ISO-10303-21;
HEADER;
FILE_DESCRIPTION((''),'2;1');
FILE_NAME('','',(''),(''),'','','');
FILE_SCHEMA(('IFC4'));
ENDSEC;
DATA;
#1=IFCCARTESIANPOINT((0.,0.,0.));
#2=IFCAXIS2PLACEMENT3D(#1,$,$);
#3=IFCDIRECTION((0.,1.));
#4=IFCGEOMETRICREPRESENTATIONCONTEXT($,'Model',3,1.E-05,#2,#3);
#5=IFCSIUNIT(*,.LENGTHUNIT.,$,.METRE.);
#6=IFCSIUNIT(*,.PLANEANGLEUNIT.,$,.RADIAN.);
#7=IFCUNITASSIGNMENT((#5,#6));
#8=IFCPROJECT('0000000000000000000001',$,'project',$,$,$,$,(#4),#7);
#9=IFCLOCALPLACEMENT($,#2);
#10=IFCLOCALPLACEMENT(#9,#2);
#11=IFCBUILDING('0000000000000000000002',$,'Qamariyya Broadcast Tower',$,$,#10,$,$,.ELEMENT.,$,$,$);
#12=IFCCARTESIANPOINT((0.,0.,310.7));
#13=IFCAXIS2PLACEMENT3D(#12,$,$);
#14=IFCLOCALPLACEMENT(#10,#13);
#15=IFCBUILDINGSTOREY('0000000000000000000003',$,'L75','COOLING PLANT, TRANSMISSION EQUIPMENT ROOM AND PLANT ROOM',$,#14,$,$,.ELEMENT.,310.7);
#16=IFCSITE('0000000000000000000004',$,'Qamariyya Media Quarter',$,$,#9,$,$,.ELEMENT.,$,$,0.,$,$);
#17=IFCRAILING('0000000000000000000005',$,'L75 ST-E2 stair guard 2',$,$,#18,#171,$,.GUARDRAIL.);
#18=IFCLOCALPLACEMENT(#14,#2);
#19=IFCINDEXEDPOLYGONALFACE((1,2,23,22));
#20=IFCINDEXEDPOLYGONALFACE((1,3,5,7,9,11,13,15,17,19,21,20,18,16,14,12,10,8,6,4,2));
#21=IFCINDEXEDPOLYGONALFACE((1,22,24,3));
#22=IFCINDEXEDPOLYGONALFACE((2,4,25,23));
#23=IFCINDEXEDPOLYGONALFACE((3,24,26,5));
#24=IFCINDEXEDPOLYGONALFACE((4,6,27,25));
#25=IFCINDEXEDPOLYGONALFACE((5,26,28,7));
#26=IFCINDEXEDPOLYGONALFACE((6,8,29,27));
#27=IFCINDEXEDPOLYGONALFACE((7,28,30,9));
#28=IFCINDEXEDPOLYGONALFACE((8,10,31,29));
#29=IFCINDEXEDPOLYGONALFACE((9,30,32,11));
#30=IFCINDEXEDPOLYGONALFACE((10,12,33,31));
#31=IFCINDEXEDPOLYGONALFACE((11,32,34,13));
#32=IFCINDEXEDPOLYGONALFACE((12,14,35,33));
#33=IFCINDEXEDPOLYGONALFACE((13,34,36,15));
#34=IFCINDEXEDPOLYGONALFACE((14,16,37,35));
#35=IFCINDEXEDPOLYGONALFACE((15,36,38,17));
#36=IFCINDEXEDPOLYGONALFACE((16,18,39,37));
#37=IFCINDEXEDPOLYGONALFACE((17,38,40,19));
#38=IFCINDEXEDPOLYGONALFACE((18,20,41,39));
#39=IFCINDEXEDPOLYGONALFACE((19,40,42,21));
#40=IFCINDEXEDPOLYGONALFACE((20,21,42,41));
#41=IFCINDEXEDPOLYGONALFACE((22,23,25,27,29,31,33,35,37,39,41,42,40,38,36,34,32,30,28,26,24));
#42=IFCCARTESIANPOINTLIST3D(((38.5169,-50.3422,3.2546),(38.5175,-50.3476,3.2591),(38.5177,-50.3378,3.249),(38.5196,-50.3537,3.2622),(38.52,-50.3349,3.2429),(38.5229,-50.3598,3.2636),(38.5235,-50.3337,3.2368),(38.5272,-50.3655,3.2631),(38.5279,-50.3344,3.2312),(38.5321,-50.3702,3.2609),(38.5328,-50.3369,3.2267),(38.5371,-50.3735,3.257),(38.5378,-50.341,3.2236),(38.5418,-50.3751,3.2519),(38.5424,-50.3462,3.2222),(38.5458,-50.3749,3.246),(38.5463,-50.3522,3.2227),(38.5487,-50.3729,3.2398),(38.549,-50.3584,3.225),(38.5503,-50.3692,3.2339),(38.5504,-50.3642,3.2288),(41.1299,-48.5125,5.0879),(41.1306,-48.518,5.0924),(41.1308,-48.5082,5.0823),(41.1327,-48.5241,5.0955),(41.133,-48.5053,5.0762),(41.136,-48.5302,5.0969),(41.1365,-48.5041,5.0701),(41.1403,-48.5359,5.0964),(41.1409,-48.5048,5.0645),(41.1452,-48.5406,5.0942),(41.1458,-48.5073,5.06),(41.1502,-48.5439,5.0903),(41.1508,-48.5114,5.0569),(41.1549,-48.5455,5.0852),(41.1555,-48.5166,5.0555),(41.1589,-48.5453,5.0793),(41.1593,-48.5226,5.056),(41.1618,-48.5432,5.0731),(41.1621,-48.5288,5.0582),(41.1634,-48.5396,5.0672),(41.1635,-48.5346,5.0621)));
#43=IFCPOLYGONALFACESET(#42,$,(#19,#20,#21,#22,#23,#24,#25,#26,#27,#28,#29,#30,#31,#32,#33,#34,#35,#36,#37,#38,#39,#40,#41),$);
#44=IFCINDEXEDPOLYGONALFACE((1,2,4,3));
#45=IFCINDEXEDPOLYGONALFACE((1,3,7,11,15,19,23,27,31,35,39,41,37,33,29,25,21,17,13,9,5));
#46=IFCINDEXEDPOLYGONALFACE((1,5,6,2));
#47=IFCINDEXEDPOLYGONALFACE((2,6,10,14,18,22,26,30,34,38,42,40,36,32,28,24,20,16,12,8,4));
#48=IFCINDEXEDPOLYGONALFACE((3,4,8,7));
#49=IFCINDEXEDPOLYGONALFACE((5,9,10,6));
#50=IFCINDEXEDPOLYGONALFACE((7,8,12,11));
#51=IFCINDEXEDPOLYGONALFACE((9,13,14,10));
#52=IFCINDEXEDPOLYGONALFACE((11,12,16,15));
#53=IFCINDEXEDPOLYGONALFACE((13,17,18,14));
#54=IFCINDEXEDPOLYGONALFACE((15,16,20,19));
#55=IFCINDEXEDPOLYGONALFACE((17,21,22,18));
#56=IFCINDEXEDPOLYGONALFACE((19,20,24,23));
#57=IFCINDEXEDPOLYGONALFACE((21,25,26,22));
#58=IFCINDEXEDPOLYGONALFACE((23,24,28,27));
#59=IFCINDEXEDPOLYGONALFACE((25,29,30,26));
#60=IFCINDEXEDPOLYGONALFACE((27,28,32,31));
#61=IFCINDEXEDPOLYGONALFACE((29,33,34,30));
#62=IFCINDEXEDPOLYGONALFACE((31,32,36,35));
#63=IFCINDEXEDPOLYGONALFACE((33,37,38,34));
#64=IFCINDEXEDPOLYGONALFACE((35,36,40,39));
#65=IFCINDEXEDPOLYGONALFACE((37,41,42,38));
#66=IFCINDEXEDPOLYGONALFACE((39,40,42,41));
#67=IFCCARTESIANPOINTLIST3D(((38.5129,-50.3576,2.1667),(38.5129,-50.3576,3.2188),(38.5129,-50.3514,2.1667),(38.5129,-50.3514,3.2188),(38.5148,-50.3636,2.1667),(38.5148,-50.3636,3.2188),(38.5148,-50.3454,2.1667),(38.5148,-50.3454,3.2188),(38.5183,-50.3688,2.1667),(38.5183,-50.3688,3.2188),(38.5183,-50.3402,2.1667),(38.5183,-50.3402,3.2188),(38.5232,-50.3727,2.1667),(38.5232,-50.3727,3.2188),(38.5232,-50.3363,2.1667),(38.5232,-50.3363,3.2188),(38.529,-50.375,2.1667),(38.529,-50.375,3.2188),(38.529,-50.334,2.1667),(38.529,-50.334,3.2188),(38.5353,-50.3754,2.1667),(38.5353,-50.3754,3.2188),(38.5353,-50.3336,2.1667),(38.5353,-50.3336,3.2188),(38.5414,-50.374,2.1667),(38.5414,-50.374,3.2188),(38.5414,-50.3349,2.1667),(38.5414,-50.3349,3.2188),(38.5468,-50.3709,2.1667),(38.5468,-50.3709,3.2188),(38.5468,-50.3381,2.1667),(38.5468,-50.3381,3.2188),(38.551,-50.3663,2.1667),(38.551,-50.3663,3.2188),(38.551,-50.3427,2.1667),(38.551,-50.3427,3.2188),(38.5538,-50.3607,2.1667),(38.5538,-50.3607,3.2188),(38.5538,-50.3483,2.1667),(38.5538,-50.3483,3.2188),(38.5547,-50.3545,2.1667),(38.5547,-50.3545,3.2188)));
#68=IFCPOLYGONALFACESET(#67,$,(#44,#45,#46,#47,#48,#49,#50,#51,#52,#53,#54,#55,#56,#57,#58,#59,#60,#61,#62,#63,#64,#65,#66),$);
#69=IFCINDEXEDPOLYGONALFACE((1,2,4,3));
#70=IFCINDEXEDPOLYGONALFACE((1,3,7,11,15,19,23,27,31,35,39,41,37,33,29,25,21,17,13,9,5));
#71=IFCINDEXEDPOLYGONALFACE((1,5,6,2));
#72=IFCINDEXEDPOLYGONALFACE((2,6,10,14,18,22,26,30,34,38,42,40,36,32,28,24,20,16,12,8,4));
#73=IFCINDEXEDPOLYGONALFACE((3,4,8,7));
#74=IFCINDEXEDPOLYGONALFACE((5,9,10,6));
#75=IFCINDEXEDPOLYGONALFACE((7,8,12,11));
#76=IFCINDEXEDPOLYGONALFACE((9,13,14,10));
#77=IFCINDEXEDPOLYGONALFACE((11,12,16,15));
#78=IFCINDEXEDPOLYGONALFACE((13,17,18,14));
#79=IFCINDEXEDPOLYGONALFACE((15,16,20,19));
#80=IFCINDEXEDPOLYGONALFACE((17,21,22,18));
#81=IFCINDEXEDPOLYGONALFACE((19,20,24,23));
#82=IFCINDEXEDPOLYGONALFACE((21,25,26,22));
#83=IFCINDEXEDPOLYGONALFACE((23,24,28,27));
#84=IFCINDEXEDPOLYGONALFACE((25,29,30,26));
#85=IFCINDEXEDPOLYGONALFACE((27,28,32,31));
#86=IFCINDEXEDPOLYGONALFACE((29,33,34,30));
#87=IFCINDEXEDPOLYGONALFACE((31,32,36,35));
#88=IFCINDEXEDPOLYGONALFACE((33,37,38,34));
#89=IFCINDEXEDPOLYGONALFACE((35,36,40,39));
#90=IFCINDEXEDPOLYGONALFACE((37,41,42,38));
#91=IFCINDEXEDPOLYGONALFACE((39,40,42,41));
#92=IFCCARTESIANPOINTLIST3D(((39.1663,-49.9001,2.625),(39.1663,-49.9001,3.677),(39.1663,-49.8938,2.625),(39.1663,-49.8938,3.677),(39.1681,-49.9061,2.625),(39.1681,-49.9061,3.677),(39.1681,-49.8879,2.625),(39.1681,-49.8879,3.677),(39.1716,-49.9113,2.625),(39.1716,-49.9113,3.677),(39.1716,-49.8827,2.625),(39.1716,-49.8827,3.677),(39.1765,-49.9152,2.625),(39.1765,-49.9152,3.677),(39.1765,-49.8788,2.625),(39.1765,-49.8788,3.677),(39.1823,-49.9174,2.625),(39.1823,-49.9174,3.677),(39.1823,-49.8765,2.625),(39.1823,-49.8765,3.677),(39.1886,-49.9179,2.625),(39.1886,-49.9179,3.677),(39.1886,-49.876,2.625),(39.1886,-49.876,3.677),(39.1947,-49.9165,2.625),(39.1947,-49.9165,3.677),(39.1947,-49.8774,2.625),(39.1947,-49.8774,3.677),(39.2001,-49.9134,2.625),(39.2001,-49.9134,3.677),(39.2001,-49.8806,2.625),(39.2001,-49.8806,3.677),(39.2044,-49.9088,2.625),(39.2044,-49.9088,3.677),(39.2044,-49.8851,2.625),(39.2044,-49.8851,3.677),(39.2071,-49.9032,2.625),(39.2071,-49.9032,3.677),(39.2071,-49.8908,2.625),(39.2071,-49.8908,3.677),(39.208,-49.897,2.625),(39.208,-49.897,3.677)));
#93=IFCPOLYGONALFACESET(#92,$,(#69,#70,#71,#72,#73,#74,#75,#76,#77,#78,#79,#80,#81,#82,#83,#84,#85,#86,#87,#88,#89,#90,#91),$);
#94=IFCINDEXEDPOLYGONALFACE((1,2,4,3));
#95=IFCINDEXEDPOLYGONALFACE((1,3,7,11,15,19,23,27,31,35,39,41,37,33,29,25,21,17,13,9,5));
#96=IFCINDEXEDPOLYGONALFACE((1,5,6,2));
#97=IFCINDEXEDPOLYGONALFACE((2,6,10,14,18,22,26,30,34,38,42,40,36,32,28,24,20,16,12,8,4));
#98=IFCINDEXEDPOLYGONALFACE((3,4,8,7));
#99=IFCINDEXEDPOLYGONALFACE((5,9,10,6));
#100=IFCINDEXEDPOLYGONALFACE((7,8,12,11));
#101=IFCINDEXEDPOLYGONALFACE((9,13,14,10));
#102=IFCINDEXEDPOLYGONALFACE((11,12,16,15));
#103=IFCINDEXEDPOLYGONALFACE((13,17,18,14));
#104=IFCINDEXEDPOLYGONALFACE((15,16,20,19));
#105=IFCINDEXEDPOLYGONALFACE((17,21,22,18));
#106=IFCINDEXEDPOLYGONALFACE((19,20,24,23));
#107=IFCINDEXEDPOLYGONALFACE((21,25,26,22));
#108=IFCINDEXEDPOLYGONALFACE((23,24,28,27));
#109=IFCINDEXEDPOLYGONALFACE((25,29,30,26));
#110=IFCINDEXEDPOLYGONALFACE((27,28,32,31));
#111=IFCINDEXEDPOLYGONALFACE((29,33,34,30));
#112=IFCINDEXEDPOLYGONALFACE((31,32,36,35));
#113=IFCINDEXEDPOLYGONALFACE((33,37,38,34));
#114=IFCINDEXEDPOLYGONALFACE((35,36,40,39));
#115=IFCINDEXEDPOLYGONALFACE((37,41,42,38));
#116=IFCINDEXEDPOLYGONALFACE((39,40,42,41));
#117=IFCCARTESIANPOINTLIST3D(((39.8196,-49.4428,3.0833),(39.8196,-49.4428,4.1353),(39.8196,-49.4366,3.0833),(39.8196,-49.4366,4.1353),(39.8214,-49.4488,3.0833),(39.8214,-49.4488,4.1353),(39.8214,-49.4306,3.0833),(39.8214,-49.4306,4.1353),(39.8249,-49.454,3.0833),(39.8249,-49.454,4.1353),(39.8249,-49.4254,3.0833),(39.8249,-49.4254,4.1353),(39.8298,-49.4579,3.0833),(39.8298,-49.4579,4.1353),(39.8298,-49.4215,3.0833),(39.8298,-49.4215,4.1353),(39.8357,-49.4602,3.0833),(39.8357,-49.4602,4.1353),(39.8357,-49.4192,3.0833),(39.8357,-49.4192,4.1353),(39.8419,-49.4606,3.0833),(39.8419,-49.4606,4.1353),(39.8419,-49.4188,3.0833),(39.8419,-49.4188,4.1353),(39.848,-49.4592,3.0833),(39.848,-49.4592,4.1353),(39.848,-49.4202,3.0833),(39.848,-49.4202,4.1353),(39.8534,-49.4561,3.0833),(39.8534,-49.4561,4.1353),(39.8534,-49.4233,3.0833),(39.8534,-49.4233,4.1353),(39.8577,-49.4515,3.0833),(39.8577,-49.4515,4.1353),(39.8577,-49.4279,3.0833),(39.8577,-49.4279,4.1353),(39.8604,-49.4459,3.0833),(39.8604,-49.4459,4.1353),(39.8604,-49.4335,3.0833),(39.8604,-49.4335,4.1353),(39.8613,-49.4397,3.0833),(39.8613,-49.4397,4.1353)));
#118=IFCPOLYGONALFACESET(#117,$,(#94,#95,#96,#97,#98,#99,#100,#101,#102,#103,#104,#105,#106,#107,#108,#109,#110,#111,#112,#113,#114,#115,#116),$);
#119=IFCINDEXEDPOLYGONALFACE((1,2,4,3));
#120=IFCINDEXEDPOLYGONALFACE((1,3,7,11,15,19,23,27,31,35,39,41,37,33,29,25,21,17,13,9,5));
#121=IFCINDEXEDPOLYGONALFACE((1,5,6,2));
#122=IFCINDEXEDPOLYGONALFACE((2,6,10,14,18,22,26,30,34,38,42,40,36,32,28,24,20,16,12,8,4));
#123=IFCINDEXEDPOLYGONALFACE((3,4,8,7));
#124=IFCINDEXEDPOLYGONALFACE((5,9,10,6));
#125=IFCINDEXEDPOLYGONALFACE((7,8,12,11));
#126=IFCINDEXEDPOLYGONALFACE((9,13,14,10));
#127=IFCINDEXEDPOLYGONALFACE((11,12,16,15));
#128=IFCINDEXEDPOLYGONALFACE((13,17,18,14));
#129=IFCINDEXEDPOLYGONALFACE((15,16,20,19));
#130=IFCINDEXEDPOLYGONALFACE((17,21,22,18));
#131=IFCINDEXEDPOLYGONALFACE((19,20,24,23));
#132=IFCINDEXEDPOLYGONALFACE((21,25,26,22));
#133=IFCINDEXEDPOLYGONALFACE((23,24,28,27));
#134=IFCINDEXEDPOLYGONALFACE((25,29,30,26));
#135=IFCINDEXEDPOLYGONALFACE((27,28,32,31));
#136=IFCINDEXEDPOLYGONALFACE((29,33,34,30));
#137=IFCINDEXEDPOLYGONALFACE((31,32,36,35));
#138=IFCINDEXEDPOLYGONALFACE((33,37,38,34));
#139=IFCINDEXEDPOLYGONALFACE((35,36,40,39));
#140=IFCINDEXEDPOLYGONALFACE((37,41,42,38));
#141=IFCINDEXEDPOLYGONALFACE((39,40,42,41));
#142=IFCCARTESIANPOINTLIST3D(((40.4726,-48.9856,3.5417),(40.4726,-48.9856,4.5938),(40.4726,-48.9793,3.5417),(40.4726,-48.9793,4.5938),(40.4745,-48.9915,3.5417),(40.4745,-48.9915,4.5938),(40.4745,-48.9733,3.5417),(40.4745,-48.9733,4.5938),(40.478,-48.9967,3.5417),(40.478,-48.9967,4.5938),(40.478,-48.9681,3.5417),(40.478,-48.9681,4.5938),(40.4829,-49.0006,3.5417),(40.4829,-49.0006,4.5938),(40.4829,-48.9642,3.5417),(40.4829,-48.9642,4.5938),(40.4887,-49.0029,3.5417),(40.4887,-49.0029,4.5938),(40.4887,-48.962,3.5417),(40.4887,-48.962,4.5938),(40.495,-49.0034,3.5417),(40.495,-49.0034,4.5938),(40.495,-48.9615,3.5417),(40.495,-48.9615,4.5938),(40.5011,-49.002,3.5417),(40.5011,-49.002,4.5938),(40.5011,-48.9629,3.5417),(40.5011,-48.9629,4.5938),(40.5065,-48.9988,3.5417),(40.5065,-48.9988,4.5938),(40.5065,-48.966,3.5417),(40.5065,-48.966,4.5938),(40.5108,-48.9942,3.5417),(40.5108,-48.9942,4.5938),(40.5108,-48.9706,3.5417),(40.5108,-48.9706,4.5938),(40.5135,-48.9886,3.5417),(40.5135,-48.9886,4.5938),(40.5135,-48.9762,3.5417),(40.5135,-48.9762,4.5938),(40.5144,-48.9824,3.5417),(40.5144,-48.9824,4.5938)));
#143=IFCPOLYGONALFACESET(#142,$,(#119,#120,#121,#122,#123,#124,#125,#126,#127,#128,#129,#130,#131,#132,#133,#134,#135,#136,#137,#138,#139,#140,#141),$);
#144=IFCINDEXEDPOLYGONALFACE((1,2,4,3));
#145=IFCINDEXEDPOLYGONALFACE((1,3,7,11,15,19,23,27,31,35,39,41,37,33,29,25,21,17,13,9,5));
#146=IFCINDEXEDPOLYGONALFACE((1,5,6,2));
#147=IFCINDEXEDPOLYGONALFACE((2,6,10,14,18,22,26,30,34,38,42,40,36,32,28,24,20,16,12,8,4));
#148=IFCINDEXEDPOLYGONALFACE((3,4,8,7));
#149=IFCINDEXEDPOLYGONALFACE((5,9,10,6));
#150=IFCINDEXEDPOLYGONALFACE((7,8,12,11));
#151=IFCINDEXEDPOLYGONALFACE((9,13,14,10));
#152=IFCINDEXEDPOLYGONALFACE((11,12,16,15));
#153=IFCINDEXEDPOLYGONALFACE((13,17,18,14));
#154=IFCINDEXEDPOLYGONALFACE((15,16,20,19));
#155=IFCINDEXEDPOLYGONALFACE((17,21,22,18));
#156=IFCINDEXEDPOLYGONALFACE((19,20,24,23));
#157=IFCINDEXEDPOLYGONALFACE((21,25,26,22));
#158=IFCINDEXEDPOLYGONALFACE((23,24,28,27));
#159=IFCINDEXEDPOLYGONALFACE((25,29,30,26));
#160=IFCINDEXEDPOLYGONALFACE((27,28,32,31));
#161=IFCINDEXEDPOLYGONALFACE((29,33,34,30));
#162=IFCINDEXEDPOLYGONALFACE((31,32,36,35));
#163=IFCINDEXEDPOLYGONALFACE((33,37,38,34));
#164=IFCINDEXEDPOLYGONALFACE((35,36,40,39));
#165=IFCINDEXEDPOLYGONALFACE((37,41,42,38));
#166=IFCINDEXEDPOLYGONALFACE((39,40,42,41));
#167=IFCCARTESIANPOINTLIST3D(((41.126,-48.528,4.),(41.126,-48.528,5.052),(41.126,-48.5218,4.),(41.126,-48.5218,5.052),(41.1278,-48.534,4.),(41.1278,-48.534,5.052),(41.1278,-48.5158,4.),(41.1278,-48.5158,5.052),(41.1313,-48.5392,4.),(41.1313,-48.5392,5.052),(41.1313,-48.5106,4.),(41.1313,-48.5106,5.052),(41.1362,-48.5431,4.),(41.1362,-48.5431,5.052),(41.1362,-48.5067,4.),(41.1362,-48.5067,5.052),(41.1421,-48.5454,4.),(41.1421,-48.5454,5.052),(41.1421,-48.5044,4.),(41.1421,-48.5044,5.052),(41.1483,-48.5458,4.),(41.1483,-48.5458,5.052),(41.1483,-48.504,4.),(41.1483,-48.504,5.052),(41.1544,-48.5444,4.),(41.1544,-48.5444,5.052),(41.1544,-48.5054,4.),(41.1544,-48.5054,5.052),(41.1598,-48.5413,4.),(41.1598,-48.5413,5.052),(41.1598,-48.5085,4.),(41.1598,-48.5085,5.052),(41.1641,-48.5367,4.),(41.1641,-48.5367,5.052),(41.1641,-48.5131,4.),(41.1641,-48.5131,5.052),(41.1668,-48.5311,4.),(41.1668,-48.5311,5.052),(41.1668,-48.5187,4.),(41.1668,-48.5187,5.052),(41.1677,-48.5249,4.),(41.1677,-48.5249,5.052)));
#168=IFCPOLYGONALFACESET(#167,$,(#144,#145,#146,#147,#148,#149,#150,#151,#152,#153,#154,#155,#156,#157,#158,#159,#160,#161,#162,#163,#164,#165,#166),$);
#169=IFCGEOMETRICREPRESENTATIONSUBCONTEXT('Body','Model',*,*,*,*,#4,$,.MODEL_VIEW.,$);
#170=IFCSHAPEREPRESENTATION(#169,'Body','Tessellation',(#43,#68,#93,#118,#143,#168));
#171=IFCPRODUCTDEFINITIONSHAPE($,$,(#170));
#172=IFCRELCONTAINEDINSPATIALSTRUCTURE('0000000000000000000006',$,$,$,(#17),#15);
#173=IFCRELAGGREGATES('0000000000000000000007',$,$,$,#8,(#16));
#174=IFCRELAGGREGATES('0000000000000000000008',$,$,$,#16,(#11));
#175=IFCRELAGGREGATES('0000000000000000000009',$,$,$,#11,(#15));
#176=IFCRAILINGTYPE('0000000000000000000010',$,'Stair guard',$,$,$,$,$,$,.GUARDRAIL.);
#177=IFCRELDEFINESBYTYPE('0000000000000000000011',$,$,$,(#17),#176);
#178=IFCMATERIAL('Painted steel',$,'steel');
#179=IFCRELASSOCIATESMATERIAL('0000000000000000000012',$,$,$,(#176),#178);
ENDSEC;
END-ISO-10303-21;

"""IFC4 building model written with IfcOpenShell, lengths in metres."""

from ifc_helpers import new_model, si_unit, direction, frame, origin, origin_2d, place, context, subcontext, project, spatial, circle, extrude, material, type_object, element, save


model = new_model("IFC4")

# Units and contexts
model_context = context("Model", 3, precision=1e-05, world=origin(), true_north=direction((0.0, 1.0)))
body_context = subcontext(model_context, "Body", "Model", "MODEL_VIEW")
ifc_project = project(units=[si_unit("LENGTHUNIT", "METRE"), si_unit("PLANEANGLEUNIT", "RADIAN")], contexts=[model_context])

# Site, building, storey
site_placement = place(None, origin())
site = spatial("IfcSite", under=ifc_project, at=site_placement, Name="Qamariyya Media Quarter", CompositionType="ELEMENT", RefElevation=0.0)
building_placement = place(site_placement, origin())
building = spatial("IfcBuilding", under=site, at=building_placement, Name="Qamariyya Broadcast Tower", CompositionType="ELEMENT")
storey_placement = place(building_placement, frame((0.0, 0.0, 310.7)))
storey = spatial("IfcBuildingStorey", under=building, at=storey_placement, Name="L75", Description="COOLING PLANT, TRANSMISSION EQUIPMENT ROOM AND PLANT ROOM", CompositionType="ELEMENT", Elevation=310.7)

# Railing
ifc_material_1 = material(Name="Painted steel", Category="steel")
railing_type = type_object("IfcRailingType", Name="Stair guard", PredefinedType="GUARDRAIL", material=ifc_material_1)
railing_placement = place(storey_placement, frame((38.5337, -50.3545, 2.1667)))
element("IfcRailing", 1, at=railing_placement, inside=storey, type_object=railing_type, Name="L75 ST-E2 stair guard 2", PredefinedType="GUARDRAIL", context=body_context, shape_type="SweptSolid", body=[
    extrude(circle(Radius=0.0239, at=origin_2d()), frame((0.0, 0.0, 1.0762), z_axis=(0.710228, 0.497285, 0.498281), x_axis=(-0.57356, 0.819164, 0.0)), (0.0, 0.0, 1.0), 3.6792),
    extrude(circle(Radius=0.021, at=origin_2d()), origin(), (0.0, 0.0, 1.0), 1.052),
    extrude(circle(Radius=0.021, at=origin_2d()), frame((0.6533, 0.4575, 0.4583)), (0.0, 0.0, 1.0), 1.052),
    extrude(circle(Radius=0.021, at=origin_2d()), frame((1.3066, 0.9148, 0.9165)), (0.0, 0.0, 1.0), 1.052),
    extrude(circle(Radius=0.021, at=origin_2d()), frame((1.9597, 1.3721, 1.375)), (0.0, 0.0, 1.0), 1.052),
    extrude(circle(Radius=0.021, at=origin_2d()), frame((2.613, 1.8296, 1.8333)), (0.0, 0.0, 1.0), 1.052),
])

save(model, "model.ifc")
